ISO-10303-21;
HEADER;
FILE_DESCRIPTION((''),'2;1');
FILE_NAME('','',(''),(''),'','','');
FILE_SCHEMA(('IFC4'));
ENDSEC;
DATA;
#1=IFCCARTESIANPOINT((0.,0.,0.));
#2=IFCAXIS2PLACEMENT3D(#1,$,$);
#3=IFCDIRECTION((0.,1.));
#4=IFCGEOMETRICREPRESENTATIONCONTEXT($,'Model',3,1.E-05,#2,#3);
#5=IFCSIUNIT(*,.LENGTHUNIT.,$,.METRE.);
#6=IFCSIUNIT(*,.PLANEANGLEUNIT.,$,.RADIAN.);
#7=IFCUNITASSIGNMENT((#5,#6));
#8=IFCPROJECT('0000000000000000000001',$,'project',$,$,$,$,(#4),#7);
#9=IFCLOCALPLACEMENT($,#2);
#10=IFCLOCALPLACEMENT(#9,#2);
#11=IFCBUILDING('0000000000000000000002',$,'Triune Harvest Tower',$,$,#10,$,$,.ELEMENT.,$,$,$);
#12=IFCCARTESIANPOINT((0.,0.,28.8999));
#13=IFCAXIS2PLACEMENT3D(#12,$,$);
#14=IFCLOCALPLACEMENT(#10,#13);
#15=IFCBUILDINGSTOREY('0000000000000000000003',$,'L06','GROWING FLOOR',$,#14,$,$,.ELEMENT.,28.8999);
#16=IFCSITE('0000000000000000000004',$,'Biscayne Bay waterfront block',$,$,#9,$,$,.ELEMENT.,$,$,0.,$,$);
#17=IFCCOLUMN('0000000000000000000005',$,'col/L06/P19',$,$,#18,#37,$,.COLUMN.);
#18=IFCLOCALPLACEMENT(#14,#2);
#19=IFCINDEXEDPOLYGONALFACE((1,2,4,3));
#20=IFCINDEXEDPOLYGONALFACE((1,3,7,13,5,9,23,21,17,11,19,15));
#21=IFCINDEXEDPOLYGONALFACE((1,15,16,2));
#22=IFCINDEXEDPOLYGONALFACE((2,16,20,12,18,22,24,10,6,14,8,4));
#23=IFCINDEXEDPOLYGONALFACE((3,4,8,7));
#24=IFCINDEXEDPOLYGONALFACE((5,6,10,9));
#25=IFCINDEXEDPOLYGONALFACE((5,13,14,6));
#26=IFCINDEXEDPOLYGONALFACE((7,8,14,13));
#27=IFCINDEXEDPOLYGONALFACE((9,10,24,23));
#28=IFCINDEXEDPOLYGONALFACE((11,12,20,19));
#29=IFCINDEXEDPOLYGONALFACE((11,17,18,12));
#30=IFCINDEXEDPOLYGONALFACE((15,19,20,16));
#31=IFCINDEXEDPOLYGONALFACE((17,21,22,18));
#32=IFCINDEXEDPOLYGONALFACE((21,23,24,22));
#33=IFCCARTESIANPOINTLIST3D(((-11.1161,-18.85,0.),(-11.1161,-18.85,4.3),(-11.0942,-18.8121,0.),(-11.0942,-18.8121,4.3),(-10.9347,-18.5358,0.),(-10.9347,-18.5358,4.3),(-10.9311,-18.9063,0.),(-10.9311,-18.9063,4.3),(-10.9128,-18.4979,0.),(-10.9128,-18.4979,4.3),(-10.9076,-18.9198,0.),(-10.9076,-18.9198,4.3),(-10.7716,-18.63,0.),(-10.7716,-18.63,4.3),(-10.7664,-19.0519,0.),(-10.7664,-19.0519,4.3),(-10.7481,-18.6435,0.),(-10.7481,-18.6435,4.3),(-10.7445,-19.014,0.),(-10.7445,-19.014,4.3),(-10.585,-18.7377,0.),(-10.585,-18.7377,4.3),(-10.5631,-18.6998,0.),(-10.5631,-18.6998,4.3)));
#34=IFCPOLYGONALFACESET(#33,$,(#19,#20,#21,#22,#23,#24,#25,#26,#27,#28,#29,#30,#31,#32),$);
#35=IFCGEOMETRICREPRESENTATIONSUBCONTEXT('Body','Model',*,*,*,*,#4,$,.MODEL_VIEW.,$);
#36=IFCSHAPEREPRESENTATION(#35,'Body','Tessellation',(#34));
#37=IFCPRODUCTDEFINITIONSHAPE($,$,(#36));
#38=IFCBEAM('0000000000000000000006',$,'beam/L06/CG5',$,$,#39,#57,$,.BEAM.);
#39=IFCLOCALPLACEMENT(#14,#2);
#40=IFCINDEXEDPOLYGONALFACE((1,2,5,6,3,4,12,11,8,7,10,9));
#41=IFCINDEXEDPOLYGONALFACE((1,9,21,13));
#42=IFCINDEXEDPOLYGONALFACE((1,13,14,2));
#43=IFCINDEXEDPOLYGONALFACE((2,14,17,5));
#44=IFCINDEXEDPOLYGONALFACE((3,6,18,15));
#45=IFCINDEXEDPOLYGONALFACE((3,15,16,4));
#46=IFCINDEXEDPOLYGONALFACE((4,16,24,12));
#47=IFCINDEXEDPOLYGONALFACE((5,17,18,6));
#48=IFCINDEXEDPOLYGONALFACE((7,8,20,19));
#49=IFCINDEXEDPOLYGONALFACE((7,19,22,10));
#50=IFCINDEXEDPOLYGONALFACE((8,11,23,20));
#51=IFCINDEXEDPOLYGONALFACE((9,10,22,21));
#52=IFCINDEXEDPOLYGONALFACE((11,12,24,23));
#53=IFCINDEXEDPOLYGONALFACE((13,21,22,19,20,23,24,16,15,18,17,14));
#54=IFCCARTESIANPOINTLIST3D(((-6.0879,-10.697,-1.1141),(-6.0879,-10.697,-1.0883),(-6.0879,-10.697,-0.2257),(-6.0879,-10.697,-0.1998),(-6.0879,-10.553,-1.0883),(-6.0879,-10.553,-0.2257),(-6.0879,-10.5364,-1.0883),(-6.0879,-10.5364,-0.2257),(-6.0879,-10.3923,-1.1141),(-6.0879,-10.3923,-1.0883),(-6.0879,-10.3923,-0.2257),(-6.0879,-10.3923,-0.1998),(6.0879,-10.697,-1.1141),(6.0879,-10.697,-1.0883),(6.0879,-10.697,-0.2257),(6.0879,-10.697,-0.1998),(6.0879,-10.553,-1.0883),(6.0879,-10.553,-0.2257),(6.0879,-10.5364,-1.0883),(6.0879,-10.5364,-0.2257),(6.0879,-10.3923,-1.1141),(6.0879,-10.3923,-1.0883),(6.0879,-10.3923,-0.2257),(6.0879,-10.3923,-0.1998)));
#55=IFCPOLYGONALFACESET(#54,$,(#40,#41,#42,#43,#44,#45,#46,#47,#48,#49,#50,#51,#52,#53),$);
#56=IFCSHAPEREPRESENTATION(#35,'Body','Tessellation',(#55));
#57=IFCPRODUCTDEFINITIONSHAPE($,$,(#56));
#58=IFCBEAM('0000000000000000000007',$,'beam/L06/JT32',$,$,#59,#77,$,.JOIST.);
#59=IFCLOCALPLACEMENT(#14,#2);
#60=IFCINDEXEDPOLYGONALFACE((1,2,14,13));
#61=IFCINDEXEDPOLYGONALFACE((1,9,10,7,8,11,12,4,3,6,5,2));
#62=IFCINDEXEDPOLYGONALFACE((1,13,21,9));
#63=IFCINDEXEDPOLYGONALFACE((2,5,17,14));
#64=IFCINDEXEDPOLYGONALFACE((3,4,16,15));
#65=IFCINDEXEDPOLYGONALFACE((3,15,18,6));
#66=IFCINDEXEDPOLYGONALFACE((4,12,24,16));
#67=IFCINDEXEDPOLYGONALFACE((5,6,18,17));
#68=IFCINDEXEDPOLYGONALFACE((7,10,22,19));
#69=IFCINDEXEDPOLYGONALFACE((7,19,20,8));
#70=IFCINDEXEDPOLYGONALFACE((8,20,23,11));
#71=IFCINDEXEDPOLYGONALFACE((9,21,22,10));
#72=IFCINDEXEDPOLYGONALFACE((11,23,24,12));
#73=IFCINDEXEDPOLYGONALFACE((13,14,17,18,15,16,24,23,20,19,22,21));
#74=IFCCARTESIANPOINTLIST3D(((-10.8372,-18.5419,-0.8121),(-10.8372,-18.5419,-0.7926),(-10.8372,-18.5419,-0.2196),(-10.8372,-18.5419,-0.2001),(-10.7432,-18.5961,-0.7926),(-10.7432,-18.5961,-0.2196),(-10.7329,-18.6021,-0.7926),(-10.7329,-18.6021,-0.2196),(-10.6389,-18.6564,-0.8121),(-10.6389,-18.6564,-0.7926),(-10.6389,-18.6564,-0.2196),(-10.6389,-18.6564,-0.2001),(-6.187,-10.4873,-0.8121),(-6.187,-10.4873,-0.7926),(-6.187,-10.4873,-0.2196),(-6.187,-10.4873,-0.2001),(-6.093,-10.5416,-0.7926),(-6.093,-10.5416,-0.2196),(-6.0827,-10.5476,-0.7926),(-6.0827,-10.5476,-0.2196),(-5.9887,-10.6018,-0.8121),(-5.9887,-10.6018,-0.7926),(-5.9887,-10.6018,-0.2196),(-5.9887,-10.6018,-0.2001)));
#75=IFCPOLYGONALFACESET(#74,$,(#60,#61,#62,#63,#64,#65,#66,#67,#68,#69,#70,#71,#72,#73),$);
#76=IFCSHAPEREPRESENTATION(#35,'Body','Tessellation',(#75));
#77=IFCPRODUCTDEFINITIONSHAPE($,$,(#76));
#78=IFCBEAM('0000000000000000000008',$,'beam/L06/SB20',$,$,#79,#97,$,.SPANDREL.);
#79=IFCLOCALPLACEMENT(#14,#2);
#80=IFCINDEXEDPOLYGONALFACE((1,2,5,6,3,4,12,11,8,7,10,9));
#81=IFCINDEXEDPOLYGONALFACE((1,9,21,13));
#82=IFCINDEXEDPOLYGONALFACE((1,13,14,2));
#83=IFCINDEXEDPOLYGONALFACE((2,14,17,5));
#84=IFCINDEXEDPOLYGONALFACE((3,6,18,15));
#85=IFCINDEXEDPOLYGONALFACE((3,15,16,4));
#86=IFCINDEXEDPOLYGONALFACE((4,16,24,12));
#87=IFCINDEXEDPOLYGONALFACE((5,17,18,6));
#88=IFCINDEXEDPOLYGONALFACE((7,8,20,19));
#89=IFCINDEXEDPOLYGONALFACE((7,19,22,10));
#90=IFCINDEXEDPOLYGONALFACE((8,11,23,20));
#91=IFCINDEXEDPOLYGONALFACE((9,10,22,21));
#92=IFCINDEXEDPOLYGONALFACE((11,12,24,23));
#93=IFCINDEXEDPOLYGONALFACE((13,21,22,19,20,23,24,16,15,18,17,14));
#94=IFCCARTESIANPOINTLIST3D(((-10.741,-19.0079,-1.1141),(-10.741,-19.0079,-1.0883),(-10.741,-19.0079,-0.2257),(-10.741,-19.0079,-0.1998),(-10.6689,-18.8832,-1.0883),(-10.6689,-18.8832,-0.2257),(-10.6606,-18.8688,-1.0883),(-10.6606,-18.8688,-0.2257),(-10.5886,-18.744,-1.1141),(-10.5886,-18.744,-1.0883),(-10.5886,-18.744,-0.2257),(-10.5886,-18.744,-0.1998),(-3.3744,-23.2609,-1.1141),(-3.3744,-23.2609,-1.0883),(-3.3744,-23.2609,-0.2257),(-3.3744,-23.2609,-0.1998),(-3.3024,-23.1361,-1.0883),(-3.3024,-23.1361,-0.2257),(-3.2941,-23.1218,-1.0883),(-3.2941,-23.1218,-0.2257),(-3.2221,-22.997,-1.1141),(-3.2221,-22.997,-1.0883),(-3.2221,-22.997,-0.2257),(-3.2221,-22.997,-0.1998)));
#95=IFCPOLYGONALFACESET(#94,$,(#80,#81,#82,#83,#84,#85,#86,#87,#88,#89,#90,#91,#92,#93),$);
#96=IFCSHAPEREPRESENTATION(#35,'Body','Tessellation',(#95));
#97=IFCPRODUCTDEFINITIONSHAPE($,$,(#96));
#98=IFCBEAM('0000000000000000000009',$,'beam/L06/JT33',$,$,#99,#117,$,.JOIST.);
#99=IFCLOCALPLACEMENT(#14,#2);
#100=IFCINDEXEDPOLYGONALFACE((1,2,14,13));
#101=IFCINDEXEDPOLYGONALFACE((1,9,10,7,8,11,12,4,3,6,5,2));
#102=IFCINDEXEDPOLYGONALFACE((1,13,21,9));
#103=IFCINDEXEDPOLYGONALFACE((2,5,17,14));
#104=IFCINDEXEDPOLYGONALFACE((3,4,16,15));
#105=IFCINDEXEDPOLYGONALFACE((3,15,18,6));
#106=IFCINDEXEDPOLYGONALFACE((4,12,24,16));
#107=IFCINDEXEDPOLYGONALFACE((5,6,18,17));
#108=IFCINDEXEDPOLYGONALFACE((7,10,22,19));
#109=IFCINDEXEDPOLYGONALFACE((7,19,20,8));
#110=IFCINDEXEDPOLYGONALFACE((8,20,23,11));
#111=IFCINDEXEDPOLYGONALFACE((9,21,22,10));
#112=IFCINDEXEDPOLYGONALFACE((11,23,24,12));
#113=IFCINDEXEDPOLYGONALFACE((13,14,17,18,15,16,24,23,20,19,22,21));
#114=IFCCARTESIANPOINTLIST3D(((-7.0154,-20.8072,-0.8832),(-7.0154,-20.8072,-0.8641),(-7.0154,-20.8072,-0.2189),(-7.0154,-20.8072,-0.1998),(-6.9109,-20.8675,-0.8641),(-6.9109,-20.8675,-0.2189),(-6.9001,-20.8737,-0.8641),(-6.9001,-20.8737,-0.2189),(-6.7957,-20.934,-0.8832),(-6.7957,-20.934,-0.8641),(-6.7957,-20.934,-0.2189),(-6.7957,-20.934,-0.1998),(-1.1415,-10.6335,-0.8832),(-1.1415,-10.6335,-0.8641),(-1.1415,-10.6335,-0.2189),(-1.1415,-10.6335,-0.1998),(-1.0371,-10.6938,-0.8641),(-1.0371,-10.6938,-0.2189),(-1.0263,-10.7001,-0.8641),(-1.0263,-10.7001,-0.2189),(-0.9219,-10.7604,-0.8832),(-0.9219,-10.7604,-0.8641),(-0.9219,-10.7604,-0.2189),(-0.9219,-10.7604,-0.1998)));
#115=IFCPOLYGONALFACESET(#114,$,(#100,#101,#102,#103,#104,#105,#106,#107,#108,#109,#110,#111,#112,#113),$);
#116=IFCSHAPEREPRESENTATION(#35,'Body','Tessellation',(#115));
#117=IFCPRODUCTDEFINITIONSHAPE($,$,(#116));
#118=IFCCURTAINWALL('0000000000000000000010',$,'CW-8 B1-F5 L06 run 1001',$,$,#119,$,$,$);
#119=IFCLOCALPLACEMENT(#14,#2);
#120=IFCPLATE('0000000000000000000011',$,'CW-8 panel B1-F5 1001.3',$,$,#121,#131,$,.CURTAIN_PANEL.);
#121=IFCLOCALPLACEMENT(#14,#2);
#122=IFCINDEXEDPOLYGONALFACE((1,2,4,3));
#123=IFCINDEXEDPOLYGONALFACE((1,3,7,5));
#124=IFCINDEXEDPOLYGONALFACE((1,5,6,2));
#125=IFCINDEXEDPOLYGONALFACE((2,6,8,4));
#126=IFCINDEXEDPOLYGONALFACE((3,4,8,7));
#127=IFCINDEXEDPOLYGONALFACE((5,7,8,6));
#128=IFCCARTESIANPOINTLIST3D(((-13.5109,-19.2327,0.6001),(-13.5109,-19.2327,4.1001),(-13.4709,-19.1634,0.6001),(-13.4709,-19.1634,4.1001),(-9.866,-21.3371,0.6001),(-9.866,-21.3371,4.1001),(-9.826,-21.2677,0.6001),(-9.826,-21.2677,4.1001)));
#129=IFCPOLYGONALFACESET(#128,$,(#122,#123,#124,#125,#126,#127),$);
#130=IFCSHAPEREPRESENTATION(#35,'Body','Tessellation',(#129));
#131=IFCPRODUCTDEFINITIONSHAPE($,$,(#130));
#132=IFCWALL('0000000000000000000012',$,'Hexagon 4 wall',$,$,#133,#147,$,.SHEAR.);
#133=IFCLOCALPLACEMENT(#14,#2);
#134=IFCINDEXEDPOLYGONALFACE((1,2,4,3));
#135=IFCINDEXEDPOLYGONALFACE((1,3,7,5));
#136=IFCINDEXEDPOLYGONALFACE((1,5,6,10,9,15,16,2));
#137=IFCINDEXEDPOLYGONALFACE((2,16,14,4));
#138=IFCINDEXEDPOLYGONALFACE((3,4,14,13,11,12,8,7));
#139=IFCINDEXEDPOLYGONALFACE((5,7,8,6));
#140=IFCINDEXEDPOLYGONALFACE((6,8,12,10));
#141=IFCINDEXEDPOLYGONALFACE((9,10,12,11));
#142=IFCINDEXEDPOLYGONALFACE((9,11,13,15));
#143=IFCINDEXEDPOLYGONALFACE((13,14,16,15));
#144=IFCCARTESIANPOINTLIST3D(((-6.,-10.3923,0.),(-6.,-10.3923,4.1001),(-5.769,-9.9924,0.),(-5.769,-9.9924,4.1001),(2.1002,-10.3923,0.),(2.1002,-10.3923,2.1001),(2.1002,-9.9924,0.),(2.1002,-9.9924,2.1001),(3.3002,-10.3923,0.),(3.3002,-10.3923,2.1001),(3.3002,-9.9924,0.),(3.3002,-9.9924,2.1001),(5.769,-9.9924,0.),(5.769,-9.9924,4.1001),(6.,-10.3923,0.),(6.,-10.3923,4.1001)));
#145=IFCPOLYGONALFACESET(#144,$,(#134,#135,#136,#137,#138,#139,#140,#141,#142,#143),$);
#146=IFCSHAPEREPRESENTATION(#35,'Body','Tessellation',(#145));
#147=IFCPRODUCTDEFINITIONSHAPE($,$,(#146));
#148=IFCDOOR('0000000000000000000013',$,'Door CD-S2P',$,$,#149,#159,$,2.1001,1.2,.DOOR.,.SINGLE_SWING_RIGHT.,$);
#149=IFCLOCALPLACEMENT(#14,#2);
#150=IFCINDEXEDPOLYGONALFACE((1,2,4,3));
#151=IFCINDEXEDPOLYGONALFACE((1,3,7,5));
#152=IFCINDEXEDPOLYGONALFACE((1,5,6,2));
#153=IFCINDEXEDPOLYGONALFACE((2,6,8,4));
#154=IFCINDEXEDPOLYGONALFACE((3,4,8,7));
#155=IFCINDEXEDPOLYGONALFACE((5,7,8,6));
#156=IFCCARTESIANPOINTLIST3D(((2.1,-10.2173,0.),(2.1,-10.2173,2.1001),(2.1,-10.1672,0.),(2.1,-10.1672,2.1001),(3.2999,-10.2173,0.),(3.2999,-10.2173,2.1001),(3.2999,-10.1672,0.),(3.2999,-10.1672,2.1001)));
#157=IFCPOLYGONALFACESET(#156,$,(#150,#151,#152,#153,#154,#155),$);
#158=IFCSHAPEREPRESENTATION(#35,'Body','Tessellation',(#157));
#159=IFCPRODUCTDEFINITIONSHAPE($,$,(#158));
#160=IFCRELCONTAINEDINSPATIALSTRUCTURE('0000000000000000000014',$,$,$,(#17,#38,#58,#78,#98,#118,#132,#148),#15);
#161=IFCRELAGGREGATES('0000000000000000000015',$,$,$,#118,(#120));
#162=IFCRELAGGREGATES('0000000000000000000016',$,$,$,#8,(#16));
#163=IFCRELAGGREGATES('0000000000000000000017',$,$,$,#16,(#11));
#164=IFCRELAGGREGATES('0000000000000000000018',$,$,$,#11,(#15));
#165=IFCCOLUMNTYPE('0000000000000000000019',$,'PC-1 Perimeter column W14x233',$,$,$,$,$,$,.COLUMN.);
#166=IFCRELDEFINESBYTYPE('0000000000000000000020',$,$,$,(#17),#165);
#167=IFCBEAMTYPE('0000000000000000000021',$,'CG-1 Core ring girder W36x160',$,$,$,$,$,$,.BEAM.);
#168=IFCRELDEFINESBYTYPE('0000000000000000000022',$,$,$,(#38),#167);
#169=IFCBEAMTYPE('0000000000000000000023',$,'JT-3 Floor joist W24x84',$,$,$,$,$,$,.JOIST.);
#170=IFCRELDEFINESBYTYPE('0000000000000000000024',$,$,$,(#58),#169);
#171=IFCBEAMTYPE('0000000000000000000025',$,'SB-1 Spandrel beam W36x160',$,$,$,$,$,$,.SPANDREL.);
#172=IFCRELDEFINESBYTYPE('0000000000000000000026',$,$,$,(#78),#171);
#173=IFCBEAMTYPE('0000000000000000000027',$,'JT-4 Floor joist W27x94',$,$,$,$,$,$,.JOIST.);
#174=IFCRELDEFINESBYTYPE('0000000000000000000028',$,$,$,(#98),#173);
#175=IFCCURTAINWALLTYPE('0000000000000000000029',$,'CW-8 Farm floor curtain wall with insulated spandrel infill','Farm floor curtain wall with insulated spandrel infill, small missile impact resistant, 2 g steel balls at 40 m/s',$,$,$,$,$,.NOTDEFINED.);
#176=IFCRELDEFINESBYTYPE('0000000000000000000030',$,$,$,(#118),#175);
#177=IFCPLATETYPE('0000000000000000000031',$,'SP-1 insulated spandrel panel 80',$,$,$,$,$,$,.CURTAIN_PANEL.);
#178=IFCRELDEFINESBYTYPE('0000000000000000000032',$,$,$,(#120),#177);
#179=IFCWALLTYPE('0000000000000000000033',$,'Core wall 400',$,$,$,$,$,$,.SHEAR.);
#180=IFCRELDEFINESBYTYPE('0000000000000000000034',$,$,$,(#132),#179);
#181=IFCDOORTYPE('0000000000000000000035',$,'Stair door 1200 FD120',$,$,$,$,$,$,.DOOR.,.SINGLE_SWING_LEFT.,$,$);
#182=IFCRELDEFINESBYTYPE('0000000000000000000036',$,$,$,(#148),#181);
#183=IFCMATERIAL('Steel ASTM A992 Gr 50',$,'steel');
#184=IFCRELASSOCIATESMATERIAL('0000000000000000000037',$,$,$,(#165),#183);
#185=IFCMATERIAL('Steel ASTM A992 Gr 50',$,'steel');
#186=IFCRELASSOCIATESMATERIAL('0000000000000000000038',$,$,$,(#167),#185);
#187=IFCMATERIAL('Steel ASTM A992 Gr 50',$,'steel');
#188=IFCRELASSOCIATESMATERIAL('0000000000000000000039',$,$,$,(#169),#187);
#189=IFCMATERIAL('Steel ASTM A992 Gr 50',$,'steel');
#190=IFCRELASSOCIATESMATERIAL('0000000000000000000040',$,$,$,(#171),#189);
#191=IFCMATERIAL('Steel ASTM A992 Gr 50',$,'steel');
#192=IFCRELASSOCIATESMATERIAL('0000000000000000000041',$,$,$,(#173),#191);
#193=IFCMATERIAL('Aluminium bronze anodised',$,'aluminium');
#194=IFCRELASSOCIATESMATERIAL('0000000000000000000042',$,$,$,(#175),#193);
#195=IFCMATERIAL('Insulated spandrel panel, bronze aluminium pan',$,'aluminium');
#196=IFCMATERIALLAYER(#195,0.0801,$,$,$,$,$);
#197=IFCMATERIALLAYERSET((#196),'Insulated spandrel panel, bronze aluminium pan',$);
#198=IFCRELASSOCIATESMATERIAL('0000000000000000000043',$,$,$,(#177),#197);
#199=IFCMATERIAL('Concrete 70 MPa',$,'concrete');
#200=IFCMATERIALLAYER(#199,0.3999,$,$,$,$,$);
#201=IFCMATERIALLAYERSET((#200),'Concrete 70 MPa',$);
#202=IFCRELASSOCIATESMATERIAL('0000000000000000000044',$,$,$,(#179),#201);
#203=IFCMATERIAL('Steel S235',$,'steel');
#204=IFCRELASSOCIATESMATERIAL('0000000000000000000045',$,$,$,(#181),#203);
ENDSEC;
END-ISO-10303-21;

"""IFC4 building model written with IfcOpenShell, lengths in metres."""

from ifc_helpers import new_model, si_unit, direction, frame, frame_2d, origin, origin_2d, place, context, subcontext, project, spatial, polyline, rectangle, i_section, outline, extrude, source, transform, mapped, material, layer, layer_set, material_profile, profile_set, type_object, element, fill, aggregate, save


model = new_model("IFC4")

# Units and contexts
model_context = context("Model", 3, precision=1e-05, world=origin(), true_north=direction((0.0, 1.0)))
body_context = subcontext(model_context, "Body", "Model", "MODEL_VIEW")
ifc_project = project(units=[si_unit("LENGTHUNIT", "METRE"), si_unit("PLANEANGLEUNIT", "RADIAN")], contexts=[model_context])

# Site, building, storey
site_placement = place(None, origin())
site = spatial("IfcSite", under=ifc_project, at=site_placement, Name="Biscayne Bay waterfront block", CompositionType="ELEMENT", RefElevation=0.0)
building_placement = place(site_placement, origin())
building = spatial("IfcBuilding", under=site, at=building_placement, Name="Triune Harvest Tower", CompositionType="ELEMENT")
storey_placement = place(building_placement, frame((0.0, 0.0, 28.8999)))
storey = spatial("IfcBuildingStorey", under=building, at=storey_placement, Name="L06", Description="GROWING FLOOR", CompositionType="ELEMENT", Elevation=28.8999)

# Column
ifc_material_1 = material(Name="Steel ASTM A992 Gr 50", Category="steel")
ifc_material_profile_1 = material_profile(ifc_material_1, i_section(OverallWidth=0.4038, OverallDepth=0.4065, WebThickness=0.0271, FlangeThickness=0.0437, at=origin_2d()), Name="W14x233")
ifc_profile_set_1 = profile_set([ifc_material_profile_1], Name="Steel ASTM A992 Gr 50")
column_type = type_object("IfcColumnType", Name="PC-1 Perimeter column W14x233", PredefinedType="COLUMN", material=ifc_profile_set_1)
shared_shape_1 = source(origin(), body_context, "Body", "SweptSolid", [
    extrude(i_section(OverallWidth=0.4038, OverallDepth=0.4065, WebThickness=0.0271, FlangeThickness=0.0437, at=origin_2d()), origin(), (0.0, 0.0, 1.0), 4.3),
])
column_placement = place(storey_placement, frame((-10.8396, -18.7749, 0.0), z_axis=(0.0, 0.0, 1.0), x_axis=(0.866025, -0.5, 0.0)))
element("IfcColumn", 1, at=column_placement, inside=storey, type_object=column_type, Name="col/L06/P19", PredefinedType="COLUMN", context=body_context, shape_type="MappedRepresentation", body=[
    mapped(shared_shape_1, transform((0.0, 0.0, 0.0), scale=1.0)),
])

# Beams
ifc_material_2 = material(Name="Steel ASTM A992 Gr 50", Category="steel")
ifc_material_profile_2 = material_profile(ifc_material_2, i_section(OverallWidth=0.3047, OverallDepth=0.9143, WebThickness=0.0166, FlangeThickness=0.0259, at=origin_2d()), Name="W36x160")
ifc_profile_set_2 = profile_set([ifc_material_profile_2], Name="Steel ASTM A992 Gr 50")
beam_type_1 = type_object("IfcBeamType", Name="CG-1 Core ring girder W36x160", PredefinedType="BEAM", material=ifc_profile_set_2)
shared_shape_2 = source(origin(), body_context, "Body", "SweptSolid", [
    extrude(i_section(OverallWidth=0.3047, OverallDepth=0.9143, WebThickness=0.0166, FlangeThickness=0.0259, at=origin_2d()), origin(), (0.0, 0.0, 1.0), 12.1758),
])
beam_1_placement = place(storey_placement, frame((-6.0879, -10.5447, -0.657), z_axis=(1.0, 0.0, 0.0), x_axis=(0.0, 1.0, 0.0)))
element("IfcBeam", 2, at=beam_1_placement, inside=storey, type_object=beam_type_1, Name="beam/L06/CG5", PredefinedType="BEAM", context=body_context, shape_type="MappedRepresentation", body=[
    mapped(shared_shape_2, transform((0.0, 0.0, 0.0), scale=1.0)),
])
ifc_material_3 = material(Name="Steel ASTM A992 Gr 50", Category="steel")
ifc_material_profile_3 = material_profile(ifc_material_3, i_section(OverallWidth=0.229, OverallDepth=0.6121, WebThickness=0.012, FlangeThickness=0.0195, at=origin_2d()), Name="W24x84")
ifc_profile_set_3 = profile_set([ifc_material_profile_3], Name="Steel ASTM A992 Gr 50")
beam_type_2 = type_object("IfcBeamType", Name="JT-3 Floor joist W24x84", PredefinedType="JOIST", material=ifc_profile_set_3)
shared_shape_3 = source(origin(), body_context, "Body", "SweptSolid", [
    extrude(i_section(OverallWidth=0.229, OverallDepth=0.6121, WebThickness=0.012, FlangeThickness=0.0195, at=origin_2d()), origin(), (0.0, 0.0, 1.0), 9.3005),
])
beam_2_placement = place(storey_placement, frame((-10.738, -18.5991, -0.5061), z_axis=(0.499993, 0.86603, 0.0), x_axis=(-0.86603, 0.499993, 0.0)))
element("IfcBeam", 3, at=beam_2_placement, inside=storey, type_object=beam_type_2, Name="beam/L06/JT32", PredefinedType="JOIST", context=body_context, shape_type="MappedRepresentation", body=[
    mapped(shared_shape_3, transform((0.0, 0.0, 0.0), scale=1.0)),
])
ifc_material_4 = material(Name="Steel ASTM A992 Gr 50", Category="steel")
ifc_material_profile_4 = material_profile(ifc_material_4, i_section(OverallWidth=0.3047, OverallDepth=0.9143, WebThickness=0.0166, FlangeThickness=0.0259, at=origin_2d()), Name="W36x160")
ifc_profile_set_4 = profile_set([ifc_material_profile_4], Name="Steel ASTM A992 Gr 50")
beam_type_3 = type_object("IfcBeamType", Name="SB-1 Spandrel beam W36x160", PredefinedType="SPANDREL", material=ifc_profile_set_4)
shared_shape_4 = source(origin(), body_context, "Body", "SweptSolid", [
    extrude(i_section(OverallWidth=0.3047, OverallDepth=0.9143, WebThickness=0.0166, FlangeThickness=0.0259, at=origin_2d()), origin(), (0.0, 0.0, 1.0), 8.5061),
])
beam_3_placement = place(storey_placement, frame((-10.6648, -18.876, -0.657), z_axis=(0.86603, -0.499992, 0.0), x_axis=(0.499992, 0.86603, 0.0)))
element("IfcBeam", 4, at=beam_3_placement, inside=storey, type_object=beam_type_3, Name="beam/L06/SB20", PredefinedType="SPANDREL", context=body_context, shape_type="MappedRepresentation", body=[
    mapped(shared_shape_4, transform((0.0, 0.0, 0.0), scale=1.0)),
])
ifc_material_5 = material(Name="Steel ASTM A992 Gr 50", Category="steel")
ifc_material_profile_5 = material_profile(ifc_material_5, i_section(OverallWidth=0.2537, OverallDepth=0.6833, WebThickness=0.0125, FlangeThickness=0.019, at=origin_2d()), Name="W27x94")
ifc_profile_set_5 = profile_set([ifc_material_profile_5], Name="Steel ASTM A992 Gr 50")
beam_type_4 = type_object("IfcBeamType", Name="JT-4 Floor joist W27x94", PredefinedType="JOIST", material=ifc_profile_set_5)
shared_shape_5 = source(origin(), body_context, "Body", "SweptSolid", [
    extrude(i_section(OverallWidth=0.2537, OverallDepth=0.6833, WebThickness=0.0125, FlangeThickness=0.019, at=origin_2d()), origin(), (0.0, 0.0, 1.0), 11.7476),
])
beam_4_placement = place(storey_placement, frame((-6.9055, -20.8706, -0.5415), z_axis=(0.500004, 0.866023, 0.0), x_axis=(-0.866023, 0.500004, 0.0)))
element("IfcBeam", 5, at=beam_4_placement, inside=storey, type_object=beam_type_4, Name="beam/L06/JT33", PredefinedType="JOIST", context=body_context, shape_type="MappedRepresentation", body=[
    mapped(shared_shape_5, transform((0.0, 0.0, 0.0), scale=1.0)),
])

# Curtain wall, plate
ifc_material_6 = material(Name="Aluminium bronze anodised", Category="aluminium")
curtain_wall_type = type_object("IfcCurtainWallType", Name="CW-8 Farm floor curtain wall with insulated spandrel infill", Description="Farm floor curtain wall with insulated spandrel infill, small missile impact resistant, 2 g steel balls at 40 m/s", PredefinedType="NOTDEFINED", material=ifc_material_6)
curtain_wall_placement = place(storey_placement, origin())
curtain_wall = element("IfcCurtainWall", 6, at=curtain_wall_placement, inside=storey, type_object=curtain_wall_type, Name="CW-8 B1-F5 L06 run 1001")
ifc_material_7 = material(Name="Insulated spandrel panel, bronze aluminium pan", Category="aluminium")
ifc_layer_1 = layer(ifc_material_7, 0.0801)
ifc_layer_set_1 = layer_set([ifc_layer_1], Name="Insulated spandrel panel, bronze aluminium pan")
plate_type = type_object("IfcPlateType", Name="SP-1 insulated spandrel panel 80", PredefinedType="CURTAIN_PANEL", material=ifc_layer_set_1)
shared_shape_6 = source(origin(), body_context, "Body", "SweptSolid", [
    extrude(rectangle(XDim=4.2087, YDim=0.0801, at=origin_2d()), origin(), (0.0, 0.0, 1.0), 3.5),
])
plate_placement = place(storey_placement, frame((-11.6685, -20.2502, 0.6001), z_axis=(0.0, 0.0, 1.0), x_axis=(0.866027, -0.499998, 0.0)))
plate = element("IfcPlate", 7, at=plate_placement, type_object=plate_type, Name="CW-8 panel B1-F5 1001.3", PredefinedType="CURTAIN_PANEL", context=body_context, shape_type="MappedRepresentation", body=[
    mapped(shared_shape_6, transform((0.0, 0.0, 0.0), scale=1.0)),
])
aggregate(curtain_wall, [plate])

# Wall, opening, door
ifc_material_8 = material(Name="Concrete 70 MPa", Category="concrete")
ifc_layer_2 = layer(ifc_material_8, 0.3999)
ifc_layer_set_2 = layer_set([ifc_layer_2], Name="Concrete 70 MPa")
wall_type_1 = type_object("IfcWallType", Name="Core wall 400", PredefinedType="SHEAR", material=ifc_layer_set_2)
shared_shape_7 = source(origin(), body_context, "Body", "SweptSolid", [
    extrude(outline(polyline([(-0.1155, -0.2), (11.8845, -0.2), (11.6536, 0.2), (0.1155, 0.2), (-0.1155, -0.2)])), origin(), (0.0, 0.0, 1.0), 4.1001),
])
wall_1_placement = place(storey_placement, frame((-5.8845, -10.1924, 0.0), z_axis=(0.0, 0.0, 1.0), x_axis=(1.0, 0.0, 0.0)))
wall_1 = element("IfcWall", 8, at=wall_1_placement, inside=storey, type_object=wall_type_1, Name="Hexagon 4 wall", PredefinedType="SHEAR", context=body_context, shape_type="MappedRepresentation", body=[
    mapped(shared_shape_7, transform((0.0, 0.0, 0.0), scale=1.0)),
])
opening_1_placement = place(wall_1_placement, frame((7.9846, 0.0, 0.0)))
opening_1 = element("IfcOpeningElement", 9, at=opening_1_placement, cuts=wall_1, PredefinedType="OPENING", context=body_context, shape_type="SweptSolid", body=[
    extrude(rectangle(XDim=1.2, YDim=2.1001, at=frame_2d((0.6001, 1.05))), frame((0.0, 0.21, 0.0), z_axis=(0.0, -1.0, 0.0), x_axis=(1.0, 0.0, 0.0)), (0.0, 0.0, 1.0), 0.4199),
])
ifc_material_9 = material(Name="Steel S235", Category="steel")
door_type_1 = type_object("IfcDoorType", Name="Stair door 1200 FD120", OperationType="SINGLE_SWING_LEFT", PredefinedType="DOOR", material=ifc_material_9)
door_1_placement = place(opening_1_placement, frame((1.2, 0.0, 0.0), z_axis=(0.0, 0.0, 1.0), x_axis=(-1.0, 0.0, 0.0)))
door_1 = element("IfcDoor", 10, at=door_1_placement, inside=storey, type_object=door_type_1, Name="Door CD-S2P", OperationType="SINGLE_SWING_RIGHT", OverallHeight=2.1001, OverallWidth=1.2, PredefinedType="DOOR", context=body_context, shape_type="SweptSolid", body=[
    extrude(rectangle(XDim=1.2, YDim=2.1001, at=frame_2d((0.6001, 1.05))), frame((0.0, 0.0249, 0.0), z_axis=(0.0, -1.0, 0.0), x_axis=(1.0, 0.0, 0.0)), (0.0, 0.0, 1.0), 0.05),
])
fill(opening_1, door_1)

save(model, "model.ifc")
